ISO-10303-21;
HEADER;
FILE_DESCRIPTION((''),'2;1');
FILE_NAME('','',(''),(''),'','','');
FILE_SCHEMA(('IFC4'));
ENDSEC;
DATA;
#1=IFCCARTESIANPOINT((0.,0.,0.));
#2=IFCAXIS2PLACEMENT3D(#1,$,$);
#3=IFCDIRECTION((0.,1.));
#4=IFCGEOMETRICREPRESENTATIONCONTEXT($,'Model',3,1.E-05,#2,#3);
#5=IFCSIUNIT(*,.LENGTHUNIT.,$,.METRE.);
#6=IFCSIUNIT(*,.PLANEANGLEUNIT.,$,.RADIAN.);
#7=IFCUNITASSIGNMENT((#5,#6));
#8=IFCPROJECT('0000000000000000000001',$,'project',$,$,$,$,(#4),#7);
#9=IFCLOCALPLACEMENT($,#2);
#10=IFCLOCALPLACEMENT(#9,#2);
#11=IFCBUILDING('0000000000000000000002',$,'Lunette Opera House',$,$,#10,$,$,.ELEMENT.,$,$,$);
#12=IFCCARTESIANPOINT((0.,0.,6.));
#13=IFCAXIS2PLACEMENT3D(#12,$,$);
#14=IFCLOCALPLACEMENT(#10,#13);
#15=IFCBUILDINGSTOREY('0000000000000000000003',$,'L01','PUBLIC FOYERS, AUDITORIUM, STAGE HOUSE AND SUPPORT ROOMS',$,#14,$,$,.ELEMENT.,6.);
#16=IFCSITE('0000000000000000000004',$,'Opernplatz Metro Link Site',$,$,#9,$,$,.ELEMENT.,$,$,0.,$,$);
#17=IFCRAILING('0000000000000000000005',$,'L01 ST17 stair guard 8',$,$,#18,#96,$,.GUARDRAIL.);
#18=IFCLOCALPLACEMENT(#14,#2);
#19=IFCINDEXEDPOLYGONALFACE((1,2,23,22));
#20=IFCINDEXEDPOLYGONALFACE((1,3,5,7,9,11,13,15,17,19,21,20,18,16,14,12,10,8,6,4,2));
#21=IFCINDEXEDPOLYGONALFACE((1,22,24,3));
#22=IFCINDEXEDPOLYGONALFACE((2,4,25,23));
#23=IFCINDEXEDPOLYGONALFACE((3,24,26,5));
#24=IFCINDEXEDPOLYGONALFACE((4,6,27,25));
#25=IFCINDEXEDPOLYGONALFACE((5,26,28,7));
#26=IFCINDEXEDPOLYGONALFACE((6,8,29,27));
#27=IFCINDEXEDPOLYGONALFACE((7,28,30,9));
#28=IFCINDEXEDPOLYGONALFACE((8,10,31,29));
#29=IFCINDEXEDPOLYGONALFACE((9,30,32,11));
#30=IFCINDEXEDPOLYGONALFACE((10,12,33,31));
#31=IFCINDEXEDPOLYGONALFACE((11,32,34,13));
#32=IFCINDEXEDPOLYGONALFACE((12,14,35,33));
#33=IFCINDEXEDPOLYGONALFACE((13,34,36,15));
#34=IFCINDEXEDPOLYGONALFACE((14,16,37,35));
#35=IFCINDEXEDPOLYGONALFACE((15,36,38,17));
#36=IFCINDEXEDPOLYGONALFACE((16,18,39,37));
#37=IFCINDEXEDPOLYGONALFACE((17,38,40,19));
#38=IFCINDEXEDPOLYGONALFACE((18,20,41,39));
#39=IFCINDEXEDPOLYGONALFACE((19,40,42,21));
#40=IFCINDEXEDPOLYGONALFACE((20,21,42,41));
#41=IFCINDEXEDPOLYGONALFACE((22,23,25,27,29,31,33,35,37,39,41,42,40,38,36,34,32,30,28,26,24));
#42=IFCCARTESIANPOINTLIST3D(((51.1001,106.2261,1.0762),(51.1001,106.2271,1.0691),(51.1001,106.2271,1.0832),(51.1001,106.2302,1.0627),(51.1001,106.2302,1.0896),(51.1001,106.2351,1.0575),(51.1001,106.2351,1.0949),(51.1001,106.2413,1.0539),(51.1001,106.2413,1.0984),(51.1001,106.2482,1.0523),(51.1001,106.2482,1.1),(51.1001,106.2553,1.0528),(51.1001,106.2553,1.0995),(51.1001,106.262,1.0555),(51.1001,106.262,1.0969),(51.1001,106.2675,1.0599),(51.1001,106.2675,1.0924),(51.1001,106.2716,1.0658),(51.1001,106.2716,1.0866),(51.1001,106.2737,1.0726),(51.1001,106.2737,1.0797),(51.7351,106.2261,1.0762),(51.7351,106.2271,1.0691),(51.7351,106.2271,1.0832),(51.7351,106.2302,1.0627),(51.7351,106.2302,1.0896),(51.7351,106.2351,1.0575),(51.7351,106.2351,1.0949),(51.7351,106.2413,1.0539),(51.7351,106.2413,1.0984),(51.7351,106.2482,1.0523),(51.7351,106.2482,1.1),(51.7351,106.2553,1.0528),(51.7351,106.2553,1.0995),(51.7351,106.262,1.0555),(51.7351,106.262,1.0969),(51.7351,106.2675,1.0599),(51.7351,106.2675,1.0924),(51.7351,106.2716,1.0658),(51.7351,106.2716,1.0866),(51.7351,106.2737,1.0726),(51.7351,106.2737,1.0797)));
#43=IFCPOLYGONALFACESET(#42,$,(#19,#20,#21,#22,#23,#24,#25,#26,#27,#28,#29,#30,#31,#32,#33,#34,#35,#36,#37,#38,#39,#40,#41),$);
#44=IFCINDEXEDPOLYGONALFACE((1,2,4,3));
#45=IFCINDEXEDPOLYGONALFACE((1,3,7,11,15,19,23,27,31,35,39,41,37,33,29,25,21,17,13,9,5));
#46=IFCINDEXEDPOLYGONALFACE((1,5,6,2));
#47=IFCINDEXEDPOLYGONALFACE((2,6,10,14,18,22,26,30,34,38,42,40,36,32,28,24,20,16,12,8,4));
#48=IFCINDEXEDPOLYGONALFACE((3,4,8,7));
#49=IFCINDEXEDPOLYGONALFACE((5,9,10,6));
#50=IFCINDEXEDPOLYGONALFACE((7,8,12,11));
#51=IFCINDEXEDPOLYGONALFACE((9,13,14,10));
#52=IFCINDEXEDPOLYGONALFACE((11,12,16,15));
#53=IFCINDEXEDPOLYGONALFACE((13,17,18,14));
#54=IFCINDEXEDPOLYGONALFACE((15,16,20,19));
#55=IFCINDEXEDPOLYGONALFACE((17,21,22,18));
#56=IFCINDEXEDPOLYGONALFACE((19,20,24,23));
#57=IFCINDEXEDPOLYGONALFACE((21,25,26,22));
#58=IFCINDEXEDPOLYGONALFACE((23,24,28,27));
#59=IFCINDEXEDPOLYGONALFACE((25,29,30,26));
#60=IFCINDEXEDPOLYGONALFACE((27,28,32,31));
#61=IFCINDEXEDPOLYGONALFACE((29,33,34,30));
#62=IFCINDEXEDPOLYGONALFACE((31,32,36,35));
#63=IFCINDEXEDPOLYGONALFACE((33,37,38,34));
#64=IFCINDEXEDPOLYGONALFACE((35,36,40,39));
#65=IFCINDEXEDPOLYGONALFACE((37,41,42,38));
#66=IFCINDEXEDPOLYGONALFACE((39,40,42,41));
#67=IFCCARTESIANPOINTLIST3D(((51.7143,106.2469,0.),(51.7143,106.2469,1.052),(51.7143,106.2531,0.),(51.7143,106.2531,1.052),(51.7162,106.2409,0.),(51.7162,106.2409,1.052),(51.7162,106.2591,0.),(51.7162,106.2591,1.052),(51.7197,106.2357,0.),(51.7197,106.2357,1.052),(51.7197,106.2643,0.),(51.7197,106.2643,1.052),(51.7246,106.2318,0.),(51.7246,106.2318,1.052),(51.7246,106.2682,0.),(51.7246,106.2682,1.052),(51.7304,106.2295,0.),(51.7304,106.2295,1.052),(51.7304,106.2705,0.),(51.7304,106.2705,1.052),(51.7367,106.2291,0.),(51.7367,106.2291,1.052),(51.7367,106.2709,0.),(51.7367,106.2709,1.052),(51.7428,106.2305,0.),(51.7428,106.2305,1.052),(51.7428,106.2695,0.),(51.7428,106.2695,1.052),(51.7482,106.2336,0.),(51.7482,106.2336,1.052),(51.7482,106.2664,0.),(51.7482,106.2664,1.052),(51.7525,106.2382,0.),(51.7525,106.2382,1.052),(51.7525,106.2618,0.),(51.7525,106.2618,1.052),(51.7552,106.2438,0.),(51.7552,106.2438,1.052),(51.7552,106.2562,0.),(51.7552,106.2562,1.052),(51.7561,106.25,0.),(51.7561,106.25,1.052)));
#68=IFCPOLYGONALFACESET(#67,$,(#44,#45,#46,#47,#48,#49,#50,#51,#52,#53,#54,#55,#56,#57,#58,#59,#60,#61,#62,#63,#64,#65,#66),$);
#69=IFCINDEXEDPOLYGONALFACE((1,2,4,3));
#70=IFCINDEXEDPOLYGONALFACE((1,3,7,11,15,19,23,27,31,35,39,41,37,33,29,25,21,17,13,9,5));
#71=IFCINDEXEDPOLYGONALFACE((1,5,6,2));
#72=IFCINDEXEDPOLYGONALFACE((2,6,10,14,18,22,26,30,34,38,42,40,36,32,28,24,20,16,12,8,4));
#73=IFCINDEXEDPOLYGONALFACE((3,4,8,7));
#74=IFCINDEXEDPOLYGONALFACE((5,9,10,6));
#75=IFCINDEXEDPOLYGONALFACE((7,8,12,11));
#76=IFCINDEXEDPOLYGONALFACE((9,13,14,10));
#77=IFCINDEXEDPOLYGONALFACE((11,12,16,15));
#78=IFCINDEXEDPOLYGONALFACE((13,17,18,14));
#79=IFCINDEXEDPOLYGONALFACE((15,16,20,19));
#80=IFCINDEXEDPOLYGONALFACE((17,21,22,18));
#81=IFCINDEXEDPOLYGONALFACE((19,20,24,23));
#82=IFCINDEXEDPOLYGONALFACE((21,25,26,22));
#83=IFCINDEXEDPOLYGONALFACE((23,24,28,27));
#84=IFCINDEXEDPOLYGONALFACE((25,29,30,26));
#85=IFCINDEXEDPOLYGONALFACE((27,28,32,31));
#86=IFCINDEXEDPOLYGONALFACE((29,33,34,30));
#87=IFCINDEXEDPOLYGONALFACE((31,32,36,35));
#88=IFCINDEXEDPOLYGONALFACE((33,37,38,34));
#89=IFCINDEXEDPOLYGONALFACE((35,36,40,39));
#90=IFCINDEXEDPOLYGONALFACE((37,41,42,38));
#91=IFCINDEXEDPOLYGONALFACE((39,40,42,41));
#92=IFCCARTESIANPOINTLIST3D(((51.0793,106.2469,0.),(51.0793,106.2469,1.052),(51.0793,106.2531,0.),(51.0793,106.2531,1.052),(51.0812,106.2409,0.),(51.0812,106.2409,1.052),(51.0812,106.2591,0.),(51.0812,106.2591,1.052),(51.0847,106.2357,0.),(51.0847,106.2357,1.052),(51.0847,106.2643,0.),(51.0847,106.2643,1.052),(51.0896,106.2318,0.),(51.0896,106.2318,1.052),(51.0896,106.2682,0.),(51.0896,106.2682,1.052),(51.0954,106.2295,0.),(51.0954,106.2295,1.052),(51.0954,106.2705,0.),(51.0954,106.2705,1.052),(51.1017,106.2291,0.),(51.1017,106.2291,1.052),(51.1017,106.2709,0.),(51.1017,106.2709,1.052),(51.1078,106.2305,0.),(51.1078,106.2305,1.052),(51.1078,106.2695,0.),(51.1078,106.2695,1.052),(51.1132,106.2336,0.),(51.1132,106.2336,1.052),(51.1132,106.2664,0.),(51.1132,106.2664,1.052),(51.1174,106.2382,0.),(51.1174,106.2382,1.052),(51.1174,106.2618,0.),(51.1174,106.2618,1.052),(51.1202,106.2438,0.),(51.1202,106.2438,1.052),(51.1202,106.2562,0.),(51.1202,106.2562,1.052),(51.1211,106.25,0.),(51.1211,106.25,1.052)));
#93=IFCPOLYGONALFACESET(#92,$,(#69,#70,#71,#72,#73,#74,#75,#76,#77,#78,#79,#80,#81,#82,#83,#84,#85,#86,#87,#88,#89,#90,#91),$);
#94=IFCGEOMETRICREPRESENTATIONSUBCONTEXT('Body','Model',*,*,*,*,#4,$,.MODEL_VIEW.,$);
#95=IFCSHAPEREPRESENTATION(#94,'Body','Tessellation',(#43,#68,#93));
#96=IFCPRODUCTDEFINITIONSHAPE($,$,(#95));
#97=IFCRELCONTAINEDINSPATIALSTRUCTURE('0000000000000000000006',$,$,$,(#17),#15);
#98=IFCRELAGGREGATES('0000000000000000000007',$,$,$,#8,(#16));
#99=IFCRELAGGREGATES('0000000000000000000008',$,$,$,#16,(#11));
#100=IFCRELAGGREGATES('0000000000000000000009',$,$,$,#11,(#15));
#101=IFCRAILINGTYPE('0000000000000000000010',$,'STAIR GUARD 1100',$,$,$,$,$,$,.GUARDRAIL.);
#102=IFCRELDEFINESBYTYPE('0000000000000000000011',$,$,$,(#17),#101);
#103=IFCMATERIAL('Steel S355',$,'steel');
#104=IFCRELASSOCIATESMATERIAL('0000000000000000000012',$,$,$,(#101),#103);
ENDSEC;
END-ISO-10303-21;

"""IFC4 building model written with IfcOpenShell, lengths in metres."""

from ifc_helpers import new_model, si_unit, direction, frame, origin, origin_2d, place, context, subcontext, project, spatial, circle, extrude, material, type_object, element, save


model = new_model("IFC4")

# Units and contexts
model_context = context("Model", 3, precision=1e-05, world=origin(), true_north=direction((0.0, 1.0)))
body_context = subcontext(model_context, "Body", "Model", "MODEL_VIEW")
ifc_project = project(units=[si_unit("LENGTHUNIT", "METRE"), si_unit("PLANEANGLEUNIT", "RADIAN")], contexts=[model_context])

# Site, building, storey
site_placement = place(None, origin())
site = spatial("IfcSite", under=ifc_project, at=site_placement, Name="Opernplatz Metro Link Site", CompositionType="ELEMENT", RefElevation=0.0)
building_placement = place(site_placement, origin())
building = spatial("IfcBuilding", under=site, at=building_placement, Name="Lunette Opera House", CompositionType="ELEMENT")
storey_placement = place(building_placement, frame((0.0, 0.0, 6.0)))
storey = spatial("IfcBuildingStorey", under=building, at=storey_placement, Name="L01", Description="PUBLIC FOYERS, AUDITORIUM, STAGE HOUSE AND SUPPORT ROOMS", CompositionType="ELEMENT", Elevation=6.0)

# Railing
ifc_material_1 = material(Name="Steel S355", Category="steel")
railing_type_1 = type_object("IfcRailingType", Name="STAIR GUARD 1100", PredefinedType="GUARDRAIL", material=ifc_material_1)
railing_1_placement = place(storey_placement, frame((51.7351, 106.25, 0.0)))
element("IfcRailing", 1, at=railing_1_placement, inside=storey, type_object=railing_type_1, Name="L01 ST17 stair guard 8", PredefinedType="GUARDRAIL", context=body_context, shape_type="SweptSolid", body=[
    extrude(circle(Radius=0.0239, at=origin_2d()), frame((0.0, 0.0, 1.0762), z_axis=(-1.0, 0.0, 0.0), x_axis=(0.0, -1.0, 0.0)), (0.0, 0.0, 1.0), 0.635),
    extrude(circle(Radius=0.021, at=origin_2d()), origin(), (0.0, 0.0, 1.0), 1.052),
    extrude(circle(Radius=0.021, at=origin_2d()), frame((-0.635, 0.0, 0.0)), (0.0, 0.0, 1.0), 1.052),
])

save(model, "model.ifc")
